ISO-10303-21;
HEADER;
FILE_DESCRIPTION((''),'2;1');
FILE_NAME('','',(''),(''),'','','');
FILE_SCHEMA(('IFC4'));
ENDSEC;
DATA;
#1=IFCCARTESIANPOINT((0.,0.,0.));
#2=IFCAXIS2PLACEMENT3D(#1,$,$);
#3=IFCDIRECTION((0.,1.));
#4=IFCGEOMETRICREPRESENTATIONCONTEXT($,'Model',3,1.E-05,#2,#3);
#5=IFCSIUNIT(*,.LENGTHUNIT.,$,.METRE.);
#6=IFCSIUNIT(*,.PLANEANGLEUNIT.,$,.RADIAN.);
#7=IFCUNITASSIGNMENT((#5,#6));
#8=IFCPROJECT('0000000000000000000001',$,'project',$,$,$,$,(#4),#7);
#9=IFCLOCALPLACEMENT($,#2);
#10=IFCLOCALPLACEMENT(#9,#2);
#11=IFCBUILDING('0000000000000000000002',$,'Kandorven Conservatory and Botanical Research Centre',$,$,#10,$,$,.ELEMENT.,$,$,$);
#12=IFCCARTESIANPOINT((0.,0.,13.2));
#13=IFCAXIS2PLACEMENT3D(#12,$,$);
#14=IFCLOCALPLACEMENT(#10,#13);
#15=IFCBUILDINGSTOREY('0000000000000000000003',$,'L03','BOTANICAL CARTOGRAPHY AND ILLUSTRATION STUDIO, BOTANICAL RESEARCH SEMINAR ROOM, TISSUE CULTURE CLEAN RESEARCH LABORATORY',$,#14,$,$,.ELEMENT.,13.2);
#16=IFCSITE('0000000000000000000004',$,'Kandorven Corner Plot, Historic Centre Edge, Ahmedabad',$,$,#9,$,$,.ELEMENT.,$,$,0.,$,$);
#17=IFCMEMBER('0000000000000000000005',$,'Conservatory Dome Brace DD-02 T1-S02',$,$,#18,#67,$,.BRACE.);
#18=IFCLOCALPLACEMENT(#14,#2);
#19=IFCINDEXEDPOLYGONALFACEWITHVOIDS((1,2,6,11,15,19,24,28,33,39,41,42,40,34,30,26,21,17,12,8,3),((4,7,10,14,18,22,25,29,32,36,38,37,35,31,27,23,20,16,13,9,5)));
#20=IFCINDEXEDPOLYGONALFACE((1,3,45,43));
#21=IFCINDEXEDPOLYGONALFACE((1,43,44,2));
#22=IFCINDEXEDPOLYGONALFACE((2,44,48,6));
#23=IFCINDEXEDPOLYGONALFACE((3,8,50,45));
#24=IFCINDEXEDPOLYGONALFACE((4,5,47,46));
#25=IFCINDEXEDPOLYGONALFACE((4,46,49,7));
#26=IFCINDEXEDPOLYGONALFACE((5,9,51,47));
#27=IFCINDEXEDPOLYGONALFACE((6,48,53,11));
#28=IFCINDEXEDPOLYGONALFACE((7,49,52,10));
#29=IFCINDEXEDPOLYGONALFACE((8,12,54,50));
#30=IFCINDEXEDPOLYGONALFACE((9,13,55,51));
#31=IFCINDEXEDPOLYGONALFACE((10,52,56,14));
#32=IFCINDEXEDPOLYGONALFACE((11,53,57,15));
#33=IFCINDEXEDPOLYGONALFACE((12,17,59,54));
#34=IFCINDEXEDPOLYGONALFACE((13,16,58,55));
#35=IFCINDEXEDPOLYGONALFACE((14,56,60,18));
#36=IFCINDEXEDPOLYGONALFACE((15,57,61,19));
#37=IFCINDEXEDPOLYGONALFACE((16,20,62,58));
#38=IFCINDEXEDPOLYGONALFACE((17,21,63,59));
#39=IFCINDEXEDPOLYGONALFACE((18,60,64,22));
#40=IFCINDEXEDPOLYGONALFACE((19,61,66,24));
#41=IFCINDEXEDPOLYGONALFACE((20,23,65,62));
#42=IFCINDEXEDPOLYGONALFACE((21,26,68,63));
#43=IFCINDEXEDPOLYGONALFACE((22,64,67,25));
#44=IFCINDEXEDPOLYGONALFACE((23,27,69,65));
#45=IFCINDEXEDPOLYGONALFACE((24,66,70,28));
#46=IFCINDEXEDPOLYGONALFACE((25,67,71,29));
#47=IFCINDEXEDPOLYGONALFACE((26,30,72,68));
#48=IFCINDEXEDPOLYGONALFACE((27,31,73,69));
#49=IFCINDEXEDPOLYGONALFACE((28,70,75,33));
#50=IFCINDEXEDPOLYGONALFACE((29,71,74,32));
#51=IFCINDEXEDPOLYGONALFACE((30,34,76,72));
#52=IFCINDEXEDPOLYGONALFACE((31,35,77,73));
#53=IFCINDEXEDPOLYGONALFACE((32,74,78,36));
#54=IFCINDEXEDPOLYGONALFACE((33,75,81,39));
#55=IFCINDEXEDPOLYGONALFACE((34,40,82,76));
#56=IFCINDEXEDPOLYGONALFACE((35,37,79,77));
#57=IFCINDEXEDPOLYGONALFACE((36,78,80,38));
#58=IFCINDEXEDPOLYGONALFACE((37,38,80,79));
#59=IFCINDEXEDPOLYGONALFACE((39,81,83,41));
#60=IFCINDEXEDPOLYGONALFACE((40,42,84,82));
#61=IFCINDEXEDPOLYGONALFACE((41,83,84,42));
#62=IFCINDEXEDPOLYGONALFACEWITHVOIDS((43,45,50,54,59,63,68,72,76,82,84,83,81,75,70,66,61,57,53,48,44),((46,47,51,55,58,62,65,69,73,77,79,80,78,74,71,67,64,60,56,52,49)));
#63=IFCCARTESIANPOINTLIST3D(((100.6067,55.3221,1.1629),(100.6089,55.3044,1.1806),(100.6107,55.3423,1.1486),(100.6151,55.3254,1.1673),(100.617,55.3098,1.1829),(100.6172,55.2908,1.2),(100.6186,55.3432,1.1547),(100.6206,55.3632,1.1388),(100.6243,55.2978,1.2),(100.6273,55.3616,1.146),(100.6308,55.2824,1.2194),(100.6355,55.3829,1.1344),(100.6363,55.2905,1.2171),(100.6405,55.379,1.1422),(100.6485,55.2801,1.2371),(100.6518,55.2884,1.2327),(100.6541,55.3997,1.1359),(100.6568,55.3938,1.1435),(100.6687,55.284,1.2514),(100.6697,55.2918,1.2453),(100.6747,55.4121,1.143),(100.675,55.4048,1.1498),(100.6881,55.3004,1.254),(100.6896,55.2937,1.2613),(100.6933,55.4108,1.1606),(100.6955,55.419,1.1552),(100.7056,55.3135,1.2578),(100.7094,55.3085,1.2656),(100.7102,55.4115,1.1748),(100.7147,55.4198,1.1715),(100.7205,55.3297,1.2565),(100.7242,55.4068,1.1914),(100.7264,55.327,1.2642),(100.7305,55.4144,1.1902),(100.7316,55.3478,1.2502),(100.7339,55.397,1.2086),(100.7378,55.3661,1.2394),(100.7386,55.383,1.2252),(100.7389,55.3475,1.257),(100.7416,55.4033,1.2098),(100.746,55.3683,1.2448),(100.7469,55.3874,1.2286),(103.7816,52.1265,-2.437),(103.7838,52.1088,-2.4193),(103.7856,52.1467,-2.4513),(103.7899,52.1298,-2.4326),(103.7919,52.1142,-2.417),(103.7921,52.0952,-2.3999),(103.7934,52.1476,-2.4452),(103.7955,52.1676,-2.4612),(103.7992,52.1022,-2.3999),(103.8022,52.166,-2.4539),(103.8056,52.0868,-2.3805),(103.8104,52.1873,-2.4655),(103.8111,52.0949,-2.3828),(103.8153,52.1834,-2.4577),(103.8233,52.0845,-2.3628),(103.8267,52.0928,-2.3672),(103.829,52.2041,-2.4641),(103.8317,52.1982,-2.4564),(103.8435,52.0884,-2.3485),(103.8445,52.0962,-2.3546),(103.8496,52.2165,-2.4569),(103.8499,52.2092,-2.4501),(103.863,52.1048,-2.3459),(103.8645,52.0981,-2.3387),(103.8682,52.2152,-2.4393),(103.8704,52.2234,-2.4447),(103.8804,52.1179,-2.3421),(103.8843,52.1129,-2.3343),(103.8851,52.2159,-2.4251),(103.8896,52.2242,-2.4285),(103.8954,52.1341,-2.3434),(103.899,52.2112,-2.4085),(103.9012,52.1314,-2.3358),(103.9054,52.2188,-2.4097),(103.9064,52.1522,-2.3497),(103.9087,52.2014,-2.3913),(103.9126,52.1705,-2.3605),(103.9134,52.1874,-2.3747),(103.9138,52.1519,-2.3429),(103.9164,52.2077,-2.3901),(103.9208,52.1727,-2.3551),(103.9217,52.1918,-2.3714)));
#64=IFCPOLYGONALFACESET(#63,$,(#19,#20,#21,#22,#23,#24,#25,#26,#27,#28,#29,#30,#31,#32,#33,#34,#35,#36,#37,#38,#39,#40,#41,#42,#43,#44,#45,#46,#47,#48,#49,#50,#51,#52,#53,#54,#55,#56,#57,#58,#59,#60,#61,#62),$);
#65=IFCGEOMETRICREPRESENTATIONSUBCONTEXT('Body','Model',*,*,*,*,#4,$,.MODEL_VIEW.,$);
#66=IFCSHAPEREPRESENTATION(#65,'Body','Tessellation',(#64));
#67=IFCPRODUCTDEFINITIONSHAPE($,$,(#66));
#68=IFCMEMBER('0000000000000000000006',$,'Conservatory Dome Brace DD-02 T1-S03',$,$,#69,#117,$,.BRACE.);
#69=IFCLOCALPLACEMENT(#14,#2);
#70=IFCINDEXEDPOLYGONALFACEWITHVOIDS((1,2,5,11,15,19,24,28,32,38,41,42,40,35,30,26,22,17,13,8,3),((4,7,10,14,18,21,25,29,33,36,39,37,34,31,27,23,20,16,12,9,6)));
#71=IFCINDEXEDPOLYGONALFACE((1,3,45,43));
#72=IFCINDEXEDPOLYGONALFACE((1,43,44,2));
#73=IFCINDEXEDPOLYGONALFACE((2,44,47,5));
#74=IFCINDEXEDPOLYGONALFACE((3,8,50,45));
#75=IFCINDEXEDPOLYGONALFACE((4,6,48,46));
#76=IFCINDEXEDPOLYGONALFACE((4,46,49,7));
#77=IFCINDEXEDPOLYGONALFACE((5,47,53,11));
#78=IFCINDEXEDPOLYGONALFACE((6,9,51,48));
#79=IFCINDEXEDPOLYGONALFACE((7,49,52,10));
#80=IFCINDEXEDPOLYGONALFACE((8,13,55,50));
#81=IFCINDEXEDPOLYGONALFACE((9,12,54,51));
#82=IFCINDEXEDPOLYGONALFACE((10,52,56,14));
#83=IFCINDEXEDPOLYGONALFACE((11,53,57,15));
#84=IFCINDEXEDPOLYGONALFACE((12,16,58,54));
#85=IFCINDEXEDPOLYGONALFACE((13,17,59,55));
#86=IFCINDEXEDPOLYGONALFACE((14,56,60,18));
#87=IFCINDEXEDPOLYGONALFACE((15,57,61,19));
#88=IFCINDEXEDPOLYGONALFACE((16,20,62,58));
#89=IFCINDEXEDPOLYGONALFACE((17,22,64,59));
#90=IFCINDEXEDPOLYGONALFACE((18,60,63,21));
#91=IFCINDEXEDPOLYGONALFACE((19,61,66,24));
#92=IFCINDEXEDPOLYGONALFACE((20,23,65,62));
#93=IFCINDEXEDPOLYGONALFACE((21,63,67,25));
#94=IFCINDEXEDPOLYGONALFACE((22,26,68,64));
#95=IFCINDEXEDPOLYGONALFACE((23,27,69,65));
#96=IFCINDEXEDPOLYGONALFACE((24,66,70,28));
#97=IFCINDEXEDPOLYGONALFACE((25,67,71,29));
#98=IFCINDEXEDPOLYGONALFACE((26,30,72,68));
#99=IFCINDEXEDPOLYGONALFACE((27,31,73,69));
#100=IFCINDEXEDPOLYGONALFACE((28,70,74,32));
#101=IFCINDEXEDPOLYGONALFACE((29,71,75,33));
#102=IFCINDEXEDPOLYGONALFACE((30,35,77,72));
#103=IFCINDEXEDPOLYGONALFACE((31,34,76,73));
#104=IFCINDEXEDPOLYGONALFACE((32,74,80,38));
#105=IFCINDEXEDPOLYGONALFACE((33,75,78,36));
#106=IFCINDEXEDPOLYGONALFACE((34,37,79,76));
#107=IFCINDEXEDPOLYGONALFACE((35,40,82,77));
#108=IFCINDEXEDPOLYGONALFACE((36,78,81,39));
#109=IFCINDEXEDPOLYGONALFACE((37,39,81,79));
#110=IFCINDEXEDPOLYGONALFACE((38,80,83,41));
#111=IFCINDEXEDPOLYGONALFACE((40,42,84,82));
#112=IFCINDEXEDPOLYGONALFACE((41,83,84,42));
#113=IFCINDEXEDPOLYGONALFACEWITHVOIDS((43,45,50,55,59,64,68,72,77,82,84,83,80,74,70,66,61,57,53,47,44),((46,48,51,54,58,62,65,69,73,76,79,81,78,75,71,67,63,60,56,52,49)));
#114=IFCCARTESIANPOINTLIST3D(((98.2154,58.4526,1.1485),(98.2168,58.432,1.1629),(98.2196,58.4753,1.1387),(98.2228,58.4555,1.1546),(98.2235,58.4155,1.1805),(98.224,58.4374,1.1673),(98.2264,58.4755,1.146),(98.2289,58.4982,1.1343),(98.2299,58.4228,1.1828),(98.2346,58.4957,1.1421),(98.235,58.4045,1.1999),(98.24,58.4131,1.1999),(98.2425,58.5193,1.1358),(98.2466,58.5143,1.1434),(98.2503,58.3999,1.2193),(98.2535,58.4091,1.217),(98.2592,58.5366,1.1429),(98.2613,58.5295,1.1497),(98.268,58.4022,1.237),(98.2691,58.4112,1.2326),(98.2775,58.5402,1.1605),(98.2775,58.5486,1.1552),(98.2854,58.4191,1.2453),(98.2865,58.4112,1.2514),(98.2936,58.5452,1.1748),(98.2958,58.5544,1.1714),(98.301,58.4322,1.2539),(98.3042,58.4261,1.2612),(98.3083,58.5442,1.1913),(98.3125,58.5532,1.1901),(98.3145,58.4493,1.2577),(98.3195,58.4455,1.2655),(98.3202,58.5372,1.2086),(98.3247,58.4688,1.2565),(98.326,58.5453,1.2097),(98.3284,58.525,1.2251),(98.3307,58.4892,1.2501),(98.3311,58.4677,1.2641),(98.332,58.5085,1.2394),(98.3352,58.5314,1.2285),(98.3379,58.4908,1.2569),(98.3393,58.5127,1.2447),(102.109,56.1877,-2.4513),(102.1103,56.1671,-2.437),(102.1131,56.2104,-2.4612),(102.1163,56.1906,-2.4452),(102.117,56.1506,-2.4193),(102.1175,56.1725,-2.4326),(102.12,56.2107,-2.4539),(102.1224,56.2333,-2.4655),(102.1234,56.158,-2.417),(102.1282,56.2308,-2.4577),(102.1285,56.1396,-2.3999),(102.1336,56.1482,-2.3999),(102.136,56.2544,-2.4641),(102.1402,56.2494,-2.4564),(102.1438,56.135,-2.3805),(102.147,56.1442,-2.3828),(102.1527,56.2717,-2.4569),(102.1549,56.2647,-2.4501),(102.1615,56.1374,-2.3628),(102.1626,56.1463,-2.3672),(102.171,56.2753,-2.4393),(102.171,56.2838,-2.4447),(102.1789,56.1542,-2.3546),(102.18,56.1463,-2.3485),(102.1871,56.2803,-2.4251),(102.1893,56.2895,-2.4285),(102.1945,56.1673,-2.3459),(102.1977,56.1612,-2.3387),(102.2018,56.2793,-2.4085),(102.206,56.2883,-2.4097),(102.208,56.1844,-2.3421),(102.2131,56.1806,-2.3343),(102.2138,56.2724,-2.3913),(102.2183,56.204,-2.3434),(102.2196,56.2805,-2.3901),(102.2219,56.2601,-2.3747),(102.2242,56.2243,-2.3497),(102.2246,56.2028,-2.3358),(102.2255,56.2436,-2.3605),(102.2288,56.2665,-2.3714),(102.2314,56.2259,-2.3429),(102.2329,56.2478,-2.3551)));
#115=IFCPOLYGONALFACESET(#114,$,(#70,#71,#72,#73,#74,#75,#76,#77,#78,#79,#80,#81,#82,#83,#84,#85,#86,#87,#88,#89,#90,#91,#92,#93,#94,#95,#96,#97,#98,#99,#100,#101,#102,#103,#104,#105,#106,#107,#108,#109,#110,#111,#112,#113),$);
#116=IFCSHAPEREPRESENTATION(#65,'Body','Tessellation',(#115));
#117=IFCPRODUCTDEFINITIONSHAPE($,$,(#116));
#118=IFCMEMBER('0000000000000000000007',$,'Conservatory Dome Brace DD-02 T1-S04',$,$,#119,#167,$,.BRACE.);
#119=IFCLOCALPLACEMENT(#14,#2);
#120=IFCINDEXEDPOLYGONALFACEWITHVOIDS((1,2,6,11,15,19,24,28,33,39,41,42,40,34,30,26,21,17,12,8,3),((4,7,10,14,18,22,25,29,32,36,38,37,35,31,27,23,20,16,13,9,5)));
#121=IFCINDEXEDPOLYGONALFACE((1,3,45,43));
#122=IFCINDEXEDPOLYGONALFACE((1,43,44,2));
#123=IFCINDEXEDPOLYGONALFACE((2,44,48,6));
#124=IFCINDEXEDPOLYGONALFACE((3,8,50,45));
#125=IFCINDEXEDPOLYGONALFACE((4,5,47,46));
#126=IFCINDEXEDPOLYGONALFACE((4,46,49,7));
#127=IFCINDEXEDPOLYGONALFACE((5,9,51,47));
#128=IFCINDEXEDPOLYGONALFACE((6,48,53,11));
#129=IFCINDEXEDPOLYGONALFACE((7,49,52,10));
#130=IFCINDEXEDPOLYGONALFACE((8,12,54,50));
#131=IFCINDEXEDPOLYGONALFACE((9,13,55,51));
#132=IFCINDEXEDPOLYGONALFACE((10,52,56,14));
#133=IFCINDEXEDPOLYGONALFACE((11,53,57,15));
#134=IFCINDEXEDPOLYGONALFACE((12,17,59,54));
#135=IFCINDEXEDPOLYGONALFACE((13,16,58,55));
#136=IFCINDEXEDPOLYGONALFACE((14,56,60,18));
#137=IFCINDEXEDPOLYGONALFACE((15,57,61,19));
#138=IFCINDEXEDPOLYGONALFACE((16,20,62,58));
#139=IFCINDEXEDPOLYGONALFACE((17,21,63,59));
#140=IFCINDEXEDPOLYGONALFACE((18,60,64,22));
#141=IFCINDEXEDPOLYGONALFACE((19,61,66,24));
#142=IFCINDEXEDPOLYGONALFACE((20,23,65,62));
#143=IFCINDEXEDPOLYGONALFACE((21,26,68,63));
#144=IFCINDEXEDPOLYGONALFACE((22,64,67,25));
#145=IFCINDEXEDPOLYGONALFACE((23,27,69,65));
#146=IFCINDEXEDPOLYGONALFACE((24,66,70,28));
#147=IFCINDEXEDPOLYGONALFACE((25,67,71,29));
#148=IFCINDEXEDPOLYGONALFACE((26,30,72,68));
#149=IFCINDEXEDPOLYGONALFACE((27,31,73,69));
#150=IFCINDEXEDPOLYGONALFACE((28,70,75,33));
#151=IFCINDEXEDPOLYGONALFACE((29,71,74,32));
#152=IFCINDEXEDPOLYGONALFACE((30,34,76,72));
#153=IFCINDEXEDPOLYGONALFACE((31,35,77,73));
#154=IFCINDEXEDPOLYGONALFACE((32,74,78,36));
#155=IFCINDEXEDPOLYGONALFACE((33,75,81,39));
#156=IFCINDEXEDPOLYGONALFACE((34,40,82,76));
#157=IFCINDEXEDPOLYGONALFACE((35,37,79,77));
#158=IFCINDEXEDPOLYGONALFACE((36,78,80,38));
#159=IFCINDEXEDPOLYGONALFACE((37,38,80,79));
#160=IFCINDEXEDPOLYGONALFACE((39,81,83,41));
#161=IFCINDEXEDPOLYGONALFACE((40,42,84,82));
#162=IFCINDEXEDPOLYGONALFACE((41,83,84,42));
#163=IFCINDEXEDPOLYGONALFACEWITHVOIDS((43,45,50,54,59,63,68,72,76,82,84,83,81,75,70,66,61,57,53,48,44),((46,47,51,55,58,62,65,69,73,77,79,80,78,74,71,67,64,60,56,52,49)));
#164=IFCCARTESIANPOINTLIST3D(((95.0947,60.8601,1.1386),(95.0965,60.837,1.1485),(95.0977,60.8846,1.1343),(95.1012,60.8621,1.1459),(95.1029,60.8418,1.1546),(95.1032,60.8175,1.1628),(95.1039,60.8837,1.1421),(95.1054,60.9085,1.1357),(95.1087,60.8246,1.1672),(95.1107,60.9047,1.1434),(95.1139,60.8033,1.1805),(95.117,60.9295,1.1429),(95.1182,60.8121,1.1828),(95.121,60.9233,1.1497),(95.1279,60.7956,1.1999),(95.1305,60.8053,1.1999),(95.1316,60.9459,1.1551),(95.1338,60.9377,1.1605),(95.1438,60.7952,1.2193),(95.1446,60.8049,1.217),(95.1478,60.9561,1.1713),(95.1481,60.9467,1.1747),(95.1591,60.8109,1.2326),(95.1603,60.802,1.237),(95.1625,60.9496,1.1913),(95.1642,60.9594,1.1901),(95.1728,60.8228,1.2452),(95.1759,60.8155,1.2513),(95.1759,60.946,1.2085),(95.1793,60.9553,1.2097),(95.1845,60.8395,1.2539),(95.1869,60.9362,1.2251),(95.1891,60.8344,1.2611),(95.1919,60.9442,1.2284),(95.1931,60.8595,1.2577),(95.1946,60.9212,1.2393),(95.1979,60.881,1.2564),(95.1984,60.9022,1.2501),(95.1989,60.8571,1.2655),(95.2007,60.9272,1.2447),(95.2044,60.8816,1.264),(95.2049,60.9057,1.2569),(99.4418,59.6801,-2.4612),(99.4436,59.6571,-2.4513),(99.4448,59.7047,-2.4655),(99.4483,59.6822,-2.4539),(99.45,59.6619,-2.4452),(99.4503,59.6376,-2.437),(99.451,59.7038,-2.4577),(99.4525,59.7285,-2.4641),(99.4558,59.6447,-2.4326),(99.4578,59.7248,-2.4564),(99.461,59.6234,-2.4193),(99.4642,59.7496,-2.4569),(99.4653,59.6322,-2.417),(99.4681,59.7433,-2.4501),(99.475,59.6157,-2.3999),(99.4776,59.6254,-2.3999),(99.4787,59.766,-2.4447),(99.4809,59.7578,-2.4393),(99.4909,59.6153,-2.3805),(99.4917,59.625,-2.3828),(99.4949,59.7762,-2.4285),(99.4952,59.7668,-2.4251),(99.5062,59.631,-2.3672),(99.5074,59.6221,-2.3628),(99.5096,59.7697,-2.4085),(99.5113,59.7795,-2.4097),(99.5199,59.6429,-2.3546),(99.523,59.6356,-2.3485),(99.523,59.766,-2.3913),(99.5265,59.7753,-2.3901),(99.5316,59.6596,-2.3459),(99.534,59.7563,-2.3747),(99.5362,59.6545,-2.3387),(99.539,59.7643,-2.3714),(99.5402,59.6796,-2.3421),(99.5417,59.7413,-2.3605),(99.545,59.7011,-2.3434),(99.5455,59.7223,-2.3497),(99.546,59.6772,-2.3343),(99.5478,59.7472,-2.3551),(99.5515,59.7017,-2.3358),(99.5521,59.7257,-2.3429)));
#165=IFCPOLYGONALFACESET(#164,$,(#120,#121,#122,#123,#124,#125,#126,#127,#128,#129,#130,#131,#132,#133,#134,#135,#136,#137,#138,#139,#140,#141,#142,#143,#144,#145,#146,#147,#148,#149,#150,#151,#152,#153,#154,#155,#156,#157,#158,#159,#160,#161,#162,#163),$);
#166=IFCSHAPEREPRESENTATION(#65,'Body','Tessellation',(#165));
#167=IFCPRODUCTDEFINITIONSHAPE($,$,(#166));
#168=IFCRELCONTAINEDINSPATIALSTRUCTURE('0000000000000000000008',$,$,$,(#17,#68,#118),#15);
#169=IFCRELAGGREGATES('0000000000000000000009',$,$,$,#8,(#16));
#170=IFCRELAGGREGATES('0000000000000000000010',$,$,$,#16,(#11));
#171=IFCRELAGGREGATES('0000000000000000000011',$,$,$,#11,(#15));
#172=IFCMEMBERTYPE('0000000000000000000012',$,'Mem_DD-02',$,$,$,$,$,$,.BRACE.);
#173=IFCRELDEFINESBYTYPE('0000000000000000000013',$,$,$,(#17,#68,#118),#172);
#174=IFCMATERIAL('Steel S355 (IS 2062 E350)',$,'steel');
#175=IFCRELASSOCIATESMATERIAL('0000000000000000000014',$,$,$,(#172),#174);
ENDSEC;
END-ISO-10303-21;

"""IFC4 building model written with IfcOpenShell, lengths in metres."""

from ifc_helpers import new_model, si_unit, direction, frame, origin, origin_2d, place, context, subcontext, project, spatial, hollow_circle, extrude, material, material_profile, profile_set, type_object, element, save


model = new_model("IFC4")

# Units and contexts
model_context = context("Model", 3, precision=1e-05, world=origin(), true_north=direction((0.0, 1.0)))
body_context = subcontext(model_context, "Body", "Model", "MODEL_VIEW")
ifc_project = project(units=[si_unit("LENGTHUNIT", "METRE"), si_unit("PLANEANGLEUNIT", "RADIAN")], contexts=[model_context])

# Site, building, storey
site_placement = place(None, origin())
site = spatial("IfcSite", under=ifc_project, at=site_placement, Name="Kandorven Corner Plot, Historic Centre Edge, Ahmedabad", CompositionType="ELEMENT", RefElevation=0.0)
building_placement = place(site_placement, origin())
building = spatial("IfcBuilding", under=site, at=building_placement, Name="Kandorven Conservatory and Botanical Research Centre", CompositionType="ELEMENT")
storey_placement = place(building_placement, frame((0.0, 0.0, 13.2)))
storey = spatial("IfcBuildingStorey", under=building, at=storey_placement, Name="L03", Description="BOTANICAL CARTOGRAPHY AND ILLUSTRATION STUDIO, BOTANICAL RESEARCH SEMINAR ROOM, TISSUE CULTURE CLEAN RESEARCH LABORATORY", CompositionType="ELEMENT", Elevation=13.2)

# Members
ifc_material_1 = material(Name="Steel S355 (IS 2062 E350)", Category="steel")
ifc_material_profile_1 = material_profile(ifc_material_1, hollow_circle(Radius=0.0842, WallThickness=0.01, at=origin_2d()))
ifc_profile_set_1 = profile_set([ifc_material_profile_1], Name="Steel S355 (IS 2062 E350)")
member_type_1 = type_object("IfcMemberType", Name="Mem_DD-02", PredefinedType="BRACE", material=ifc_profile_set_1)
member_1_placement = place(storey_placement, frame((103.8518, 52.1545, -2.3999), z_axis=(-0.550582, 0.554181, 0.624295), x_axis=(-0.709406, -0.7048, 0.0)))
element("IfcMember", 1, at=member_1_placement, inside=storey, type_object=member_type_1, Name="Conservatory Dome Brace DD-02 T1-S02", PredefinedType="BRACE", context=body_context, shape_type="SweptSolid", body=[
    extrude(hollow_circle(Radius=0.0842, WallThickness=0.01, at=origin_2d()), origin(), (0.0, 0.0, 1.0), 5.7664),
])
for number, where, z_axis, x_axis, name in (
    (2, (102.1709, 56.2124, -2.3999), (-0.675244, 0.392791, 0.624308), (-0.502819, -0.864392, 0.0), "Conservatory Dome Brace DD-02 T1-S03"),
    (3, (99.4971, 59.697, -2.3999), (-0.753905, 0.204629, 0.624303), (-0.261948, -0.965082, 0.0), "Conservatory Dome Brace DD-02 T1-S04"),
):
    element("IfcMember", number, at=place(storey_placement, frame(where, z_axis=z_axis, x_axis=x_axis)), inside=storey, type_object=member_type_1, Name=name, PredefinedType="BRACE", context=body_context, shape_type="SweptSolid", body=[
        extrude(hollow_circle(Radius=0.0842, WallThickness=0.01, at=origin_2d()), origin(), (0.0, 0.0, 1.0), 5.7661),
    ])

save(model, "model.ifc")
